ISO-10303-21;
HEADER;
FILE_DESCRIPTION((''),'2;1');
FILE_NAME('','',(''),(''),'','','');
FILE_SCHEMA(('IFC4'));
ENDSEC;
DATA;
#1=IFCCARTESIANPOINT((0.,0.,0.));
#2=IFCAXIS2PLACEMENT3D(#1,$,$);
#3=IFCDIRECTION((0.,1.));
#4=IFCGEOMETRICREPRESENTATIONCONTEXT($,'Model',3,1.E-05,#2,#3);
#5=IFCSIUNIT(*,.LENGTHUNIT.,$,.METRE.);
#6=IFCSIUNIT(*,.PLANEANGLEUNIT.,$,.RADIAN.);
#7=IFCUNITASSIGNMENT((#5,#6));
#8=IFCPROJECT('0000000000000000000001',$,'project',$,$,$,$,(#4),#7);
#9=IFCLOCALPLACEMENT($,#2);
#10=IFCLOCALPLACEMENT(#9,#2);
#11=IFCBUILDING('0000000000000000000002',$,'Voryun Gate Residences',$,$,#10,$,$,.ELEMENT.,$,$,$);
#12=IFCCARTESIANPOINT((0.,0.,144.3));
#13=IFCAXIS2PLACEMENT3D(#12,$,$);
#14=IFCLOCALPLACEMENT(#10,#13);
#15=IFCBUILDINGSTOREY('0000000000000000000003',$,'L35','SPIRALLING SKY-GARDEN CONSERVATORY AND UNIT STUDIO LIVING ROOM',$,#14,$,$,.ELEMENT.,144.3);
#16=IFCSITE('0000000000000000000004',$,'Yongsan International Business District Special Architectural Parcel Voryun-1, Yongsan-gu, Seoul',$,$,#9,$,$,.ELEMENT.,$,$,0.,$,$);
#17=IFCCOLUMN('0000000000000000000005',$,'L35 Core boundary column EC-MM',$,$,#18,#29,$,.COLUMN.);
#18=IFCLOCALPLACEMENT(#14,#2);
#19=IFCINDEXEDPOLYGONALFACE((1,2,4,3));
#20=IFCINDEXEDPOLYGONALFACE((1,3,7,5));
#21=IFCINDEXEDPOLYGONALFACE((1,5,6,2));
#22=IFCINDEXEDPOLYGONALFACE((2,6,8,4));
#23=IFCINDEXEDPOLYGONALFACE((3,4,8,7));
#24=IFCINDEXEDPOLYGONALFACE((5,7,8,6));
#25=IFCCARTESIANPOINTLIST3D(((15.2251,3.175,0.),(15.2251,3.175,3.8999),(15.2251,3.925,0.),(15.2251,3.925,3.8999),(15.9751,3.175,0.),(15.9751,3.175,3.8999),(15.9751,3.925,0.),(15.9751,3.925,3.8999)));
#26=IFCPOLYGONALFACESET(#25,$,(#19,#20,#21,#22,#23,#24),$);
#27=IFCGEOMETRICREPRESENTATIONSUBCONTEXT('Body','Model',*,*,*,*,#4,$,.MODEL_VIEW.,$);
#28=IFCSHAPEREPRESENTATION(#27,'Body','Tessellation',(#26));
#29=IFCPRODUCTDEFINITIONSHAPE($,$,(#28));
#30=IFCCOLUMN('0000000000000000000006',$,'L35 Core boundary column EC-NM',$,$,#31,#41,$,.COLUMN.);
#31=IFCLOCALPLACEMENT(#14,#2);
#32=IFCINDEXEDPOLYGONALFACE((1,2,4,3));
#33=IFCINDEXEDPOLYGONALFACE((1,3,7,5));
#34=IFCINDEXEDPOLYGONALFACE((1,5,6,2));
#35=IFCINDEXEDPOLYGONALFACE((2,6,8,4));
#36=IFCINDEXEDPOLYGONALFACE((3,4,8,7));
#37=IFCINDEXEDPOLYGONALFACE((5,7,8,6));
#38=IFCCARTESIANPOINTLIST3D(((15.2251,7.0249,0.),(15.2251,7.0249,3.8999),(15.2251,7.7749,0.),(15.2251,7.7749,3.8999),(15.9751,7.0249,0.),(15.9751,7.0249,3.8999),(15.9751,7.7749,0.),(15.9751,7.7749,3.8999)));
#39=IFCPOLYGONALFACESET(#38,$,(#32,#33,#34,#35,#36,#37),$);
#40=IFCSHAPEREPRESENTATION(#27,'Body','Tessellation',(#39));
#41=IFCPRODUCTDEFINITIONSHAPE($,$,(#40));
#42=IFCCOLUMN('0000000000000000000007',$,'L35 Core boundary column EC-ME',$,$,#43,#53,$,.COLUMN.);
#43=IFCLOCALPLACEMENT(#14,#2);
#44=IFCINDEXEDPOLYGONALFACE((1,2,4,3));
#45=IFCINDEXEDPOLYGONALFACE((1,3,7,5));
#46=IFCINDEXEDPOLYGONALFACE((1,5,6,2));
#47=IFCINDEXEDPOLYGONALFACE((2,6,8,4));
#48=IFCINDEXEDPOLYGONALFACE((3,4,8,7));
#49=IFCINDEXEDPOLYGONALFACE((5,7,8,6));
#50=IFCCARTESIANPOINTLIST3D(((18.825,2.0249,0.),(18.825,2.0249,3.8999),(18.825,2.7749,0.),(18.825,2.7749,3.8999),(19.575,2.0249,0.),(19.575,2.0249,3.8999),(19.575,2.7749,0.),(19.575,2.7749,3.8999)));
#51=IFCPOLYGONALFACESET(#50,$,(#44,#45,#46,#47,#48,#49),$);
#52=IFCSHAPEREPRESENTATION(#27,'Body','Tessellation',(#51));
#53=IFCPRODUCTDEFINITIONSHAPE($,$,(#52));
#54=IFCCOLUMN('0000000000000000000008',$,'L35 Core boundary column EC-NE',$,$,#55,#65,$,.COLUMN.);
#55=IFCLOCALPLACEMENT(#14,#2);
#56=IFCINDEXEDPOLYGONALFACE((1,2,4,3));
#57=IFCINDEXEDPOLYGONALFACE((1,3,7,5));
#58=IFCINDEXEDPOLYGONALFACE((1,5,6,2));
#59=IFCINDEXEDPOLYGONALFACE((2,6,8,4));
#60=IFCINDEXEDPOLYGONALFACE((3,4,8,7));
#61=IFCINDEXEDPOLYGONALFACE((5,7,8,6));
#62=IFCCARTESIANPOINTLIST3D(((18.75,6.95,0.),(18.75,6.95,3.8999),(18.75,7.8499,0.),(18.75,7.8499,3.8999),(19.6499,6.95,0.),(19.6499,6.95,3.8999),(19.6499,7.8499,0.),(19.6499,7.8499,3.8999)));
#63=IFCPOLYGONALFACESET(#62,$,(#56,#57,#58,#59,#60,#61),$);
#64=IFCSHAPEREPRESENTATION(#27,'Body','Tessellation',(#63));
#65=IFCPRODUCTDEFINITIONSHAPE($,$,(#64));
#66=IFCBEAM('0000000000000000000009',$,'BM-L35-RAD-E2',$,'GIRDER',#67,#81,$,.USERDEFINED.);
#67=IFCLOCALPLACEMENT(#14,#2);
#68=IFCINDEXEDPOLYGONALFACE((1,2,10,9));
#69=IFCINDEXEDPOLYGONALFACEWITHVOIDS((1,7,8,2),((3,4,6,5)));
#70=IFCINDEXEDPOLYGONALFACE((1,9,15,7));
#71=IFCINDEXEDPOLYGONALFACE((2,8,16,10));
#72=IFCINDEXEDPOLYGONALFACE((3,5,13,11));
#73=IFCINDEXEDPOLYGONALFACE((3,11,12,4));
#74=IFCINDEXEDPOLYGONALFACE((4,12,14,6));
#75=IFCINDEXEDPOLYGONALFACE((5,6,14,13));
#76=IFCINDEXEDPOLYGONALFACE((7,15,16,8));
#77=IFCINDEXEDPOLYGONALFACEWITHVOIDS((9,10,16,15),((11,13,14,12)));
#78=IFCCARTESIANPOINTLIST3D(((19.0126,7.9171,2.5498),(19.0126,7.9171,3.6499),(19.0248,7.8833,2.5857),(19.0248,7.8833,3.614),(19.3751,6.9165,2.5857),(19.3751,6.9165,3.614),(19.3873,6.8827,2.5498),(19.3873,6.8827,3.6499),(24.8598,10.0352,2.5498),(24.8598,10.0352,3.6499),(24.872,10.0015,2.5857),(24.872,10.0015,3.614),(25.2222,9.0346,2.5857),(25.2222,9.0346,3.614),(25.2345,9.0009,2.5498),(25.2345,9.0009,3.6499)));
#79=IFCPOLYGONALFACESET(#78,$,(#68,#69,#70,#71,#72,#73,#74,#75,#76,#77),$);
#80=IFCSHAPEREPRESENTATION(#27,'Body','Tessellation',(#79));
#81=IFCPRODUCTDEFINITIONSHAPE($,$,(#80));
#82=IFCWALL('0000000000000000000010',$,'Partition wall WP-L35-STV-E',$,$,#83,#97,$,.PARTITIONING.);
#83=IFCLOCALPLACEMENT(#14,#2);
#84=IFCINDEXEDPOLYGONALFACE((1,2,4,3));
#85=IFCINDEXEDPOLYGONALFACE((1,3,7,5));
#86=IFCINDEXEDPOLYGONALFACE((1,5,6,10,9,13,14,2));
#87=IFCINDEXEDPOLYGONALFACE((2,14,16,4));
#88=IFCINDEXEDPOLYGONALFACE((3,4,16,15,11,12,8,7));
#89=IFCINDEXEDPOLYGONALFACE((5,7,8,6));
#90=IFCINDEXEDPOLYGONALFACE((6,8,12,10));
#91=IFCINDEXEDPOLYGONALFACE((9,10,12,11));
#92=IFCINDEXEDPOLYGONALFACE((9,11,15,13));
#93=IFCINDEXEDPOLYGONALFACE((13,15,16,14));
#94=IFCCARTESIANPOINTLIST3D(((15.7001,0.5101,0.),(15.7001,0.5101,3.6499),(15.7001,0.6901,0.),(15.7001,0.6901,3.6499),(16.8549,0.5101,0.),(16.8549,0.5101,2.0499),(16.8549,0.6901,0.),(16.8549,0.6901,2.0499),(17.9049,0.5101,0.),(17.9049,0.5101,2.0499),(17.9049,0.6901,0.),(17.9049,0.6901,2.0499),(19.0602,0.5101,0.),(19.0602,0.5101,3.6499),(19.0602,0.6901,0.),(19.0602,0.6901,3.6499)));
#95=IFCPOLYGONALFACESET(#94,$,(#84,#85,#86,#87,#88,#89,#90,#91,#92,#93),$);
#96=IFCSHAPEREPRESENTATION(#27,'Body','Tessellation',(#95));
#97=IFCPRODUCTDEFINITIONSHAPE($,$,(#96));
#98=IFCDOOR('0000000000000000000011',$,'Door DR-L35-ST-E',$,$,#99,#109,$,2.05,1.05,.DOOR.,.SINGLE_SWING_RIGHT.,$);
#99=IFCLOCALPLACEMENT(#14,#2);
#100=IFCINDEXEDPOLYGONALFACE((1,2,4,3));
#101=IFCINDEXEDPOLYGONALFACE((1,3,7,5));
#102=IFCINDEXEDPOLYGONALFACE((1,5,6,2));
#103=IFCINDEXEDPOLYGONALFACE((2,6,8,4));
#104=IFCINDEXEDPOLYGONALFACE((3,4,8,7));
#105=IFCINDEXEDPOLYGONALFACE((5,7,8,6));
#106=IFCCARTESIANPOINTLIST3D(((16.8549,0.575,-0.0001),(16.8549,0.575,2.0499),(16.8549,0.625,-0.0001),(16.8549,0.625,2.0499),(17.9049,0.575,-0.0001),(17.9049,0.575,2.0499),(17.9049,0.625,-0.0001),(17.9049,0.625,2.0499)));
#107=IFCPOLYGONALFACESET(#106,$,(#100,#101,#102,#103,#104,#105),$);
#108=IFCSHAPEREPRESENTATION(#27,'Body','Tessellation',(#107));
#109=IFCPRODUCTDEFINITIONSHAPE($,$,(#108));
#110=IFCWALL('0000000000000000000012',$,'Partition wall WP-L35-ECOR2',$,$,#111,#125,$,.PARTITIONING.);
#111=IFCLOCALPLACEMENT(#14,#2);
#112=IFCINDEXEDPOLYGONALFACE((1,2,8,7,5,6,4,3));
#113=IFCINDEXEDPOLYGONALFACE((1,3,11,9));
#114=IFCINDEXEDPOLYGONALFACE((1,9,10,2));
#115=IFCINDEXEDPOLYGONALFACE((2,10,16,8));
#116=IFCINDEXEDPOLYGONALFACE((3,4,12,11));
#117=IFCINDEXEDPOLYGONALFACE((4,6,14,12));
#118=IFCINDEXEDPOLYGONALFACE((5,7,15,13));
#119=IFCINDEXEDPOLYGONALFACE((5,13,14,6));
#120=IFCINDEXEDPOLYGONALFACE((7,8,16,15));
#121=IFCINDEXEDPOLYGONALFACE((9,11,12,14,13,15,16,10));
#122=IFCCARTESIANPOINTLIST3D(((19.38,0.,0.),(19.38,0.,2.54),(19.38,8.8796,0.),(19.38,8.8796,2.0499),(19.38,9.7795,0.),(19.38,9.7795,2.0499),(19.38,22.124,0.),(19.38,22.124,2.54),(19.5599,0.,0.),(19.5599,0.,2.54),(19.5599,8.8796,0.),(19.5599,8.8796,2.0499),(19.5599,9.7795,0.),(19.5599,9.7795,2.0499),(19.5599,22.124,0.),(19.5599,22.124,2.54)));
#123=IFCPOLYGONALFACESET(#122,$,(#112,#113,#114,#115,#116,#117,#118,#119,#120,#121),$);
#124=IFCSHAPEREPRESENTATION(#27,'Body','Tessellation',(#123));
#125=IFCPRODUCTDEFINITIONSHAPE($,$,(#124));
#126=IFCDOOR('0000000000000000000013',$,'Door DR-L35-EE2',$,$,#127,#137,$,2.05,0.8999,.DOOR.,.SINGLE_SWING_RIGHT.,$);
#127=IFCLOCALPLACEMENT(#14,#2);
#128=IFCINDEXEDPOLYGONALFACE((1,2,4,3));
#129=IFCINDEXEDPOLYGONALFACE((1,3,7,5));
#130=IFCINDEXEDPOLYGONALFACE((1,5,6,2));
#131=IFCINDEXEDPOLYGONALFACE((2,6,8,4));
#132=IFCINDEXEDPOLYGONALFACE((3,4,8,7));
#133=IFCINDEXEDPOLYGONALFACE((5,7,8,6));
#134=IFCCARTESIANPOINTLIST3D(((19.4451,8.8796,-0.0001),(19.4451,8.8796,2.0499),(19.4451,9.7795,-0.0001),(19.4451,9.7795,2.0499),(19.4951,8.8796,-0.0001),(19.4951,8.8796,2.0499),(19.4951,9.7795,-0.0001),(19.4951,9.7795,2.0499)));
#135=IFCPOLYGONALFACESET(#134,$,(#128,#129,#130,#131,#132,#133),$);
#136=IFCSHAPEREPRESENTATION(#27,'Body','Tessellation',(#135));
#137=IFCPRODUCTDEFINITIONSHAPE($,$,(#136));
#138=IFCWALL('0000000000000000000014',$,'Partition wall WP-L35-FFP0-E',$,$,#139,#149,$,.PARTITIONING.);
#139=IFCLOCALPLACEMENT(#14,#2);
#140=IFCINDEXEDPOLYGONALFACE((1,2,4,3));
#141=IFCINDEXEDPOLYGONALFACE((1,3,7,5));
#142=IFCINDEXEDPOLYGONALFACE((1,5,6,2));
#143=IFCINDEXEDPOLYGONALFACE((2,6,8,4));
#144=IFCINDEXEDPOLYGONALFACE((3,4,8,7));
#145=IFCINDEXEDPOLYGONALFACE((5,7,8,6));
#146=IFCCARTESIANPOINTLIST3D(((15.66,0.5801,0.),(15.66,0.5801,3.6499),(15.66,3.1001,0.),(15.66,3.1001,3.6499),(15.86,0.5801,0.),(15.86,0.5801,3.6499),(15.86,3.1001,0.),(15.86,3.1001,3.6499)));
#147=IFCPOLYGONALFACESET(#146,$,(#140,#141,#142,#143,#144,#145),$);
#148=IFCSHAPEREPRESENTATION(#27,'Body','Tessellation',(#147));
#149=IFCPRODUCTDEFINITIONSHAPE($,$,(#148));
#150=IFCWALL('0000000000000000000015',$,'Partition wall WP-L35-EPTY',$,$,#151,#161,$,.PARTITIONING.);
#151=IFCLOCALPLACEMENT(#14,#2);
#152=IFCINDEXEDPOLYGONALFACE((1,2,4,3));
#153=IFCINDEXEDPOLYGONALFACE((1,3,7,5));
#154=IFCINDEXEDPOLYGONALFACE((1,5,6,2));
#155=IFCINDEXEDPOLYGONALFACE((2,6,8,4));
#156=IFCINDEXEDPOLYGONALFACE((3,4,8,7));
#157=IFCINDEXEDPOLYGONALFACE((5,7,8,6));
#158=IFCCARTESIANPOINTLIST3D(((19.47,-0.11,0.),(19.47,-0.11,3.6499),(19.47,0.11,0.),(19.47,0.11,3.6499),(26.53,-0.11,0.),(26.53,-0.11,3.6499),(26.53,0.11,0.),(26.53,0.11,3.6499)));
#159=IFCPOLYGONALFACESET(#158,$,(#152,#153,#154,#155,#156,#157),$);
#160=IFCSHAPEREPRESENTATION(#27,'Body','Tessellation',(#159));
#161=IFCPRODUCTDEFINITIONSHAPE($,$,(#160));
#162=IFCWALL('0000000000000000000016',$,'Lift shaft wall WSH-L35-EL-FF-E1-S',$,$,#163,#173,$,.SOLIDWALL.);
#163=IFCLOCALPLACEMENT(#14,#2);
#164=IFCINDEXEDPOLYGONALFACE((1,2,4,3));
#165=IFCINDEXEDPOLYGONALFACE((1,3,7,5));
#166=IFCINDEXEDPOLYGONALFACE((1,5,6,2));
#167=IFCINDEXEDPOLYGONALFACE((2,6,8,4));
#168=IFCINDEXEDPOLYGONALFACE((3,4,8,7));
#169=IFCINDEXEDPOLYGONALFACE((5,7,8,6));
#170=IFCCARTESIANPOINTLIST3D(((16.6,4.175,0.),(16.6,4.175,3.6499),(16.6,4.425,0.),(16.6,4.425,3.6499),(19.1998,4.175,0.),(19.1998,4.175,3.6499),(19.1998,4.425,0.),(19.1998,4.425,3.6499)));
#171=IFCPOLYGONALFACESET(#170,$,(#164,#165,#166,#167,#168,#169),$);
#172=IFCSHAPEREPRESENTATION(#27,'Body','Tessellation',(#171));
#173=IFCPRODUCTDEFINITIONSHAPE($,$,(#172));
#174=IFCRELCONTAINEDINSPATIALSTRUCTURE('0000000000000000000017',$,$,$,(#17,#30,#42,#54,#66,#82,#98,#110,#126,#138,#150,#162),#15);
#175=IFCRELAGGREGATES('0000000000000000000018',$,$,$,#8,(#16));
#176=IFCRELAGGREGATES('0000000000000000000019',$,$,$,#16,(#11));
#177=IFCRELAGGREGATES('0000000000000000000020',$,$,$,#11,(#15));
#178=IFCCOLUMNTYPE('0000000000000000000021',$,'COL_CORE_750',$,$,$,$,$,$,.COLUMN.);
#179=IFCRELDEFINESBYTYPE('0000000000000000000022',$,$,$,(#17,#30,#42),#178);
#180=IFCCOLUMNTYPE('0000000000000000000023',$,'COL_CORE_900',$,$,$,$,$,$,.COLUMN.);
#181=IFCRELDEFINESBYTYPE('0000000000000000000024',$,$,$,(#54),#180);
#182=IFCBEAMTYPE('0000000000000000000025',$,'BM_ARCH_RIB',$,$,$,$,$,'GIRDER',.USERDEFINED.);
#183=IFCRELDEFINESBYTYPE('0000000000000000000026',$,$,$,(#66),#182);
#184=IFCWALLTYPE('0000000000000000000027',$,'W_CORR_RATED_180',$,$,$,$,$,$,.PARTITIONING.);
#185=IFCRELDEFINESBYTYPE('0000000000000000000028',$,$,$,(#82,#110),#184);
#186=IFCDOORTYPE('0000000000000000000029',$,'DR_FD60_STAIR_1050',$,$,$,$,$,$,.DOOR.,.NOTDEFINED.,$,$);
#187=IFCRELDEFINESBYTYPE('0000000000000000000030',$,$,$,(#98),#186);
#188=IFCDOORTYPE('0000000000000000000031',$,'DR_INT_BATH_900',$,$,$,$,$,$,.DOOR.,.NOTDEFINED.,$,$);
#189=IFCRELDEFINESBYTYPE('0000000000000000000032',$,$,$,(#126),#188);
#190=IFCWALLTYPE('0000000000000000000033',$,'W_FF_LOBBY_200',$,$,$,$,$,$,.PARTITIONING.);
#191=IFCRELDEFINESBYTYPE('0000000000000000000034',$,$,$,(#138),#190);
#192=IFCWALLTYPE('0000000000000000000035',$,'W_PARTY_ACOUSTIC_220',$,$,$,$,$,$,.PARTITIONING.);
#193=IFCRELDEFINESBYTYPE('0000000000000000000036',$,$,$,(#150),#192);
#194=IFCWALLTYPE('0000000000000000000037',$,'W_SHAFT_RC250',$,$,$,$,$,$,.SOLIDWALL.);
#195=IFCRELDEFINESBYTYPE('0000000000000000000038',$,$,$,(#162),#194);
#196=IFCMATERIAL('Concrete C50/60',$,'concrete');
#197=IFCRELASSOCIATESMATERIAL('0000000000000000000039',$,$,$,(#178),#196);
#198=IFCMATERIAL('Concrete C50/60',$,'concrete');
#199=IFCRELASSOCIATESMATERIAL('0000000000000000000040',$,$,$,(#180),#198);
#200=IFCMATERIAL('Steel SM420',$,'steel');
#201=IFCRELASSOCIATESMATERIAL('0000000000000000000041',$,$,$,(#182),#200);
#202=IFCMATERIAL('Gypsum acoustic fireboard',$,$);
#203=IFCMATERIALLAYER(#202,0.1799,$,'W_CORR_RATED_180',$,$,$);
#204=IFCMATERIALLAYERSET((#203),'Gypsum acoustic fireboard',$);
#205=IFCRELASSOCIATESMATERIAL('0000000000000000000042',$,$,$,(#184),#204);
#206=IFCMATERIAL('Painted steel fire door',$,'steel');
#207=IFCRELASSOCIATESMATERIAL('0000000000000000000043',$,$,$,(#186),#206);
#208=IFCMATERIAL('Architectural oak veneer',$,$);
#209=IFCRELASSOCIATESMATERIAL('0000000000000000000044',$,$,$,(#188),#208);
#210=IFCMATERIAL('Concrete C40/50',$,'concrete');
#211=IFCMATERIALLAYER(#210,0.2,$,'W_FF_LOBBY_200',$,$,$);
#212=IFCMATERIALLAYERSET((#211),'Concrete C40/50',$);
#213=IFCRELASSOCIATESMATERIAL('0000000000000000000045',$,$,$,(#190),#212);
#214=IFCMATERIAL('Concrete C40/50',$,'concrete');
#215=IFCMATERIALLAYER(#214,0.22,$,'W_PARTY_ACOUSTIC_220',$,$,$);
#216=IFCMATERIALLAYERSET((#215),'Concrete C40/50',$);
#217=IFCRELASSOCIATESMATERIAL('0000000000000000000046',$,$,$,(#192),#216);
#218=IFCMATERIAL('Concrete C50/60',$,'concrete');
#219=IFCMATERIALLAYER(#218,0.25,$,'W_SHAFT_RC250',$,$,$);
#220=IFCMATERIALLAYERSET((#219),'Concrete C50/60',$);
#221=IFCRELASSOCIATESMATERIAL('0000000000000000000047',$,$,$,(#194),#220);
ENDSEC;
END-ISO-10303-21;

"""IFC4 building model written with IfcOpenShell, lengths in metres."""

from ifc_helpers import new_model, si_unit, direction, frame, frame_2d, origin, origin_2d, place, context, subcontext, project, spatial, rectangle, hollow_rectangle, extrude, material, layer, layer_set, material_profile, profile_set, type_object, element, fill, save


model = new_model("IFC4")

# Units and contexts
model_context = context("Model", 3, precision=1e-05, world=origin(), true_north=direction((0.0, 1.0)))
body_context = subcontext(model_context, "Body", "Model", "MODEL_VIEW")
ifc_project = project(units=[si_unit("LENGTHUNIT", "METRE"), si_unit("PLANEANGLEUNIT", "RADIAN")], contexts=[model_context])

# Site, building, storey
site_placement = place(None, origin())
site = spatial("IfcSite", under=ifc_project, at=site_placement, Name="Yongsan International Business District Special Architectural Parcel Voryun-1, Yongsan-gu, Seoul", CompositionType="ELEMENT", RefElevation=0.0)
building_placement = place(site_placement, origin())
building = spatial("IfcBuilding", under=site, at=building_placement, Name="Voryun Gate Residences", CompositionType="ELEMENT")
storey_placement = place(building_placement, frame((0.0, 0.0, 144.3)))
storey = spatial("IfcBuildingStorey", under=building, at=storey_placement, Name="L35", Description="SPIRALLING SKY-GARDEN CONSERVATORY AND UNIT STUDIO LIVING ROOM", CompositionType="ELEMENT", Elevation=144.3)

# Columns
ifc_material_1 = material(Name="Concrete C50/60", Category="concrete")
ifc_material_profile_1 = material_profile(ifc_material_1, rectangle(XDim=0.75, YDim=0.75, at=origin_2d()), Name="RC-750x750")
ifc_profile_set_1 = profile_set([ifc_material_profile_1], Name="Concrete C50/60")
column_type_1 = type_object("IfcColumnType", Name="COL_CORE_750", PredefinedType="COLUMN", material=ifc_profile_set_1)
for number, where, z_axis, x_axis, name in (
    (1, (15.6001, 3.55, 0.0), (0.0, 0.0, 1.0), (1.0, 0.0, 0.0), "L35 Core boundary column EC-MM"),
    (2, (15.6001, 7.3999, 0.0), (0.0, 0.0, 1.0), (1.0, 0.0, 0.0), "L35 Core boundary column EC-NM"),
    (3, (19.2, 2.3999, 0.0), (0.0, 0.0, 1.0), (1.0, 0.0, 0.0), "L35 Core boundary column EC-ME"),
):
    element("IfcColumn", number, at=place(storey_placement, frame(where, z_axis=z_axis, x_axis=x_axis)), inside=storey, type_object=column_type_1, Name=name, PredefinedType="COLUMN", context=body_context, shape_type="SweptSolid", body=[
        extrude(rectangle(XDim=0.75, YDim=0.75, at=origin_2d()), origin(), (0.0, 0.0, 1.0), 3.8999),
    ])
ifc_material_2 = material(Name="Concrete C50/60", Category="concrete")
ifc_material_profile_2 = material_profile(ifc_material_2, rectangle(XDim=0.8999, YDim=0.8999, at=origin_2d()), Name="RC-900x900")
ifc_profile_set_2 = profile_set([ifc_material_profile_2], Name="Concrete C50/60")
column_type_2 = type_object("IfcColumnType", Name="COL_CORE_900", PredefinedType="COLUMN", material=ifc_profile_set_2)
column_placement = place(storey_placement, frame((19.2, 7.3999, 0.0), z_axis=(0.0, 0.0, 1.0), x_axis=(1.0, 0.0, 0.0)))
element("IfcColumn", 4, at=column_placement, inside=storey, type_object=column_type_2, Name="L35 Core boundary column EC-NE", PredefinedType="COLUMN", context=body_context, shape_type="SweptSolid", body=[
    extrude(rectangle(XDim=0.8999, YDim=0.8999, at=origin_2d()), origin(), (0.0, 0.0, 1.0), 3.8999),
])

# Beam
ifc_material_3 = material(Name="Steel SM420", Category="steel")
ifc_material_profile_3 = material_profile(ifc_material_3, hollow_rectangle(XDim=1.1001, YDim=1.1001, WallThickness=0.0359, at=origin_2d()), Name="BOX-1100x1100x36")
ifc_profile_set_3 = profile_set([ifc_material_profile_3], Name="Steel SM420")
beam_type = type_object("IfcBeamType", Name="BM_ARCH_RIB", ElementType="GIRDER", PredefinedType="USERDEFINED", material=ifc_profile_set_3)
beam_placement = place(storey_placement, frame((19.2, 7.3999, 3.0999), z_axis=(0.94021, 0.340595, 0.0), x_axis=(-0.340595, 0.94021, 0.0)))
element("IfcBeam", 5, at=beam_placement, inside=storey, type_object=beam_type, Name="BM-L35-RAD-E2", ObjectType="GIRDER", PredefinedType="USERDEFINED", context=body_context, shape_type="SweptSolid", body=[
    extrude(hollow_rectangle(XDim=1.1001, YDim=1.1001, WallThickness=0.0359, at=origin_2d()), origin(), (0.0, 0.0, 1.0), 6.219),
])

# Walls, openings, doors
ifc_material_4 = material(Name="Gypsum acoustic fireboard")
ifc_layer_1 = layer(ifc_material_4, 0.1799, Name="W_CORR_RATED_180")
ifc_layer_set_1 = layer_set([ifc_layer_1], Name="Gypsum acoustic fireboard")
wall_type_1 = type_object("IfcWallType", Name="W_CORR_RATED_180", PredefinedType="PARTITIONING", material=ifc_layer_set_1)
wall_1_placement = place(storey_placement, frame((15.7, 0.6001, 0.0), z_axis=(0.0, 0.0, 1.0), x_axis=(1.0, 0.0, 0.0)))
wall_1 = element("IfcWall", 6, at=wall_1_placement, inside=storey, type_object=wall_type_1, Name="Partition wall WP-L35-STV-E", PredefinedType="PARTITIONING", context=body_context, shape_type="SweptSolid", body=[
    extrude(rectangle(XDim=3.3601, YDim=0.1799, at=frame_2d((1.6802, 0.0))), origin(), (0.0, 0.0, 1.0), 3.6499),
])
opening_1_placement = place(wall_1_placement, frame((1.155, 0.0, 0.0)))
opening_1 = element("IfcOpeningElement", 7, at=opening_1_placement, cuts=wall_1, PredefinedType="OPENING", context=body_context, shape_type="SweptSolid", body=[
    extrude(rectangle(XDim=1.05, YDim=2.05, at=frame_2d((0.5249, 1.0249))), frame((0.0, 0.0999, 0.0), z_axis=(0.0, -1.0, 0.0), x_axis=(1.0, 0.0, 0.0)), (0.0, 0.0, 1.0), 0.2),
])
ifc_material_5 = material(Name="Painted steel fire door", Category="steel")
door_type_1 = type_object("IfcDoorType", Name="DR_FD60_STAIR_1050", OperationType="NOTDEFINED", PredefinedType="DOOR", material=ifc_material_5)
door_1_placement = place(opening_1_placement, origin())
door_1 = element("IfcDoor", 8, at=door_1_placement, inside=storey, type_object=door_type_1, Name="Door DR-L35-ST-E", OperationType="SINGLE_SWING_RIGHT", OverallHeight=2.05, OverallWidth=1.05, PredefinedType="DOOR", context=body_context, shape_type="SweptSolid", body=[
    extrude(rectangle(XDim=1.05, YDim=2.05, at=frame_2d((0.5249, 1.0249))), frame((0.0, 0.0249, 0.0), z_axis=(0.0, -1.0, 0.0), x_axis=(1.0, 0.0, 0.0)), (0.0, 0.0, 1.0), 0.05),
])
fill(opening_1, door_1)
wall_2_placement = place(storey_placement, frame((19.47, 0.0, 0.0), z_axis=(0.0, 0.0, 1.0), x_axis=(0.0, 1.0, 0.0)))
wall_2 = element("IfcWall", 9, at=wall_2_placement, inside=storey, type_object=wall_type_1, Name="Partition wall WP-L35-ECOR2", PredefinedType="PARTITIONING", context=body_context, shape_type="SweptSolid", body=[
    extrude(rectangle(XDim=22.124, YDim=0.1799, at=frame_2d((11.062, 0.0))), origin(), (0.0, 0.0, 1.0), 2.54),
])
opening_2_placement = place(wall_2_placement, frame((8.8796, 0.0, 0.0)))
opening_2 = element("IfcOpeningElement", 10, at=opening_2_placement, cuts=wall_2, PredefinedType="OPENING", context=body_context, shape_type="SweptSolid", body=[
    extrude(rectangle(XDim=0.8999, YDim=2.05, at=frame_2d((0.45, 1.0249))), frame((0.0, 0.0999, 0.0), z_axis=(0.0, -1.0, 0.0), x_axis=(1.0, 0.0, 0.0)), (0.0, 0.0, 1.0), 0.2),
])
ifc_material_6 = material(Name="Architectural oak veneer")
door_type_2 = type_object("IfcDoorType", Name="DR_INT_BATH_900", OperationType="NOTDEFINED", PredefinedType="DOOR", material=ifc_material_6)
door_2_placement = place(opening_2_placement, origin())
door_2 = element("IfcDoor", 11, at=door_2_placement, inside=storey, type_object=door_type_2, Name="Door DR-L35-EE2", OperationType="SINGLE_SWING_RIGHT", OverallHeight=2.05, OverallWidth=0.8999, PredefinedType="DOOR", context=body_context, shape_type="SweptSolid", body=[
    extrude(rectangle(XDim=0.8999, YDim=2.05, at=frame_2d((0.45, 1.0249))), frame((0.0, 0.0249, 0.0), z_axis=(0.0, -1.0, 0.0), x_axis=(1.0, 0.0, 0.0)), (0.0, 0.0, 1.0), 0.05),
])
fill(opening_2, door_2)

# Walls
ifc_material_7 = material(Name="Concrete C40/50", Category="concrete")
ifc_layer_2 = layer(ifc_material_7, 0.2, Name="W_FF_LOBBY_200")
ifc_layer_set_2 = layer_set([ifc_layer_2], Name="Concrete C40/50")
wall_type_2 = type_object("IfcWallType", Name="W_FF_LOBBY_200", PredefinedType="PARTITIONING", material=ifc_layer_set_2)
wall_3_placement = place(storey_placement, frame((15.76, 0.5801, 0.0), z_axis=(0.0, 0.0, 1.0), x_axis=(0.0, 1.0, 0.0)))
element("IfcWall", 12, at=wall_3_placement, inside=storey, type_object=wall_type_2, Name="Partition wall WP-L35-FFP0-E", PredefinedType="PARTITIONING", context=body_context, shape_type="SweptSolid", body=[
    extrude(rectangle(XDim=2.52, YDim=0.2, at=frame_2d((1.26, 0.0))), origin(), (0.0, 0.0, 1.0), 3.6499),
])
ifc_material_8 = material(Name="Concrete C40/50", Category="concrete")
ifc_layer_3 = layer(ifc_material_8, 0.22, Name="W_PARTY_ACOUSTIC_220")
ifc_layer_set_3 = layer_set([ifc_layer_3], Name="Concrete C40/50")
wall_type_3 = type_object("IfcWallType", Name="W_PARTY_ACOUSTIC_220", PredefinedType="PARTITIONING", material=ifc_layer_set_3)
wall_4_placement = place(storey_placement, frame((19.47, 0.0, 0.0), z_axis=(0.0, 0.0, 1.0), x_axis=(1.0, 0.0, 0.0)))
element("IfcWall", 13, at=wall_4_placement, inside=storey, type_object=wall_type_3, Name="Partition wall WP-L35-EPTY", PredefinedType="PARTITIONING", context=body_context, shape_type="SweptSolid", body=[
    extrude(rectangle(XDim=7.0601, YDim=0.22, at=frame_2d((3.53, 0.0))), origin(), (0.0, 0.0, 1.0), 3.6499),
])
ifc_material_9 = material(Name="Concrete C50/60", Category="concrete")
ifc_layer_4 = layer(ifc_material_9, 0.25, Name="W_SHAFT_RC250")
ifc_layer_set_4 = layer_set([ifc_layer_4], Name="Concrete C50/60")
wall_type_4 = type_object("IfcWallType", Name="W_SHAFT_RC250", PredefinedType="SOLIDWALL", material=ifc_layer_set_4)
wall_5_placement = place(storey_placement, frame((16.6001, 4.3, 0.0), z_axis=(0.0, 0.0, 1.0), x_axis=(1.0, 0.0, 0.0)))
element("IfcWall", 14, at=wall_5_placement, inside=storey, type_object=wall_type_4, Name="Lift shaft wall WSH-L35-EL-FF-E1-S", PredefinedType="SOLIDWALL", context=body_context, shape_type="SweptSolid", body=[
    extrude(rectangle(XDim=2.5999, YDim=0.25, at=frame_2d((1.2998, 0.0))), origin(), (0.0, 0.0, 1.0), 3.6499),
])

save(model, "model.ifc")
